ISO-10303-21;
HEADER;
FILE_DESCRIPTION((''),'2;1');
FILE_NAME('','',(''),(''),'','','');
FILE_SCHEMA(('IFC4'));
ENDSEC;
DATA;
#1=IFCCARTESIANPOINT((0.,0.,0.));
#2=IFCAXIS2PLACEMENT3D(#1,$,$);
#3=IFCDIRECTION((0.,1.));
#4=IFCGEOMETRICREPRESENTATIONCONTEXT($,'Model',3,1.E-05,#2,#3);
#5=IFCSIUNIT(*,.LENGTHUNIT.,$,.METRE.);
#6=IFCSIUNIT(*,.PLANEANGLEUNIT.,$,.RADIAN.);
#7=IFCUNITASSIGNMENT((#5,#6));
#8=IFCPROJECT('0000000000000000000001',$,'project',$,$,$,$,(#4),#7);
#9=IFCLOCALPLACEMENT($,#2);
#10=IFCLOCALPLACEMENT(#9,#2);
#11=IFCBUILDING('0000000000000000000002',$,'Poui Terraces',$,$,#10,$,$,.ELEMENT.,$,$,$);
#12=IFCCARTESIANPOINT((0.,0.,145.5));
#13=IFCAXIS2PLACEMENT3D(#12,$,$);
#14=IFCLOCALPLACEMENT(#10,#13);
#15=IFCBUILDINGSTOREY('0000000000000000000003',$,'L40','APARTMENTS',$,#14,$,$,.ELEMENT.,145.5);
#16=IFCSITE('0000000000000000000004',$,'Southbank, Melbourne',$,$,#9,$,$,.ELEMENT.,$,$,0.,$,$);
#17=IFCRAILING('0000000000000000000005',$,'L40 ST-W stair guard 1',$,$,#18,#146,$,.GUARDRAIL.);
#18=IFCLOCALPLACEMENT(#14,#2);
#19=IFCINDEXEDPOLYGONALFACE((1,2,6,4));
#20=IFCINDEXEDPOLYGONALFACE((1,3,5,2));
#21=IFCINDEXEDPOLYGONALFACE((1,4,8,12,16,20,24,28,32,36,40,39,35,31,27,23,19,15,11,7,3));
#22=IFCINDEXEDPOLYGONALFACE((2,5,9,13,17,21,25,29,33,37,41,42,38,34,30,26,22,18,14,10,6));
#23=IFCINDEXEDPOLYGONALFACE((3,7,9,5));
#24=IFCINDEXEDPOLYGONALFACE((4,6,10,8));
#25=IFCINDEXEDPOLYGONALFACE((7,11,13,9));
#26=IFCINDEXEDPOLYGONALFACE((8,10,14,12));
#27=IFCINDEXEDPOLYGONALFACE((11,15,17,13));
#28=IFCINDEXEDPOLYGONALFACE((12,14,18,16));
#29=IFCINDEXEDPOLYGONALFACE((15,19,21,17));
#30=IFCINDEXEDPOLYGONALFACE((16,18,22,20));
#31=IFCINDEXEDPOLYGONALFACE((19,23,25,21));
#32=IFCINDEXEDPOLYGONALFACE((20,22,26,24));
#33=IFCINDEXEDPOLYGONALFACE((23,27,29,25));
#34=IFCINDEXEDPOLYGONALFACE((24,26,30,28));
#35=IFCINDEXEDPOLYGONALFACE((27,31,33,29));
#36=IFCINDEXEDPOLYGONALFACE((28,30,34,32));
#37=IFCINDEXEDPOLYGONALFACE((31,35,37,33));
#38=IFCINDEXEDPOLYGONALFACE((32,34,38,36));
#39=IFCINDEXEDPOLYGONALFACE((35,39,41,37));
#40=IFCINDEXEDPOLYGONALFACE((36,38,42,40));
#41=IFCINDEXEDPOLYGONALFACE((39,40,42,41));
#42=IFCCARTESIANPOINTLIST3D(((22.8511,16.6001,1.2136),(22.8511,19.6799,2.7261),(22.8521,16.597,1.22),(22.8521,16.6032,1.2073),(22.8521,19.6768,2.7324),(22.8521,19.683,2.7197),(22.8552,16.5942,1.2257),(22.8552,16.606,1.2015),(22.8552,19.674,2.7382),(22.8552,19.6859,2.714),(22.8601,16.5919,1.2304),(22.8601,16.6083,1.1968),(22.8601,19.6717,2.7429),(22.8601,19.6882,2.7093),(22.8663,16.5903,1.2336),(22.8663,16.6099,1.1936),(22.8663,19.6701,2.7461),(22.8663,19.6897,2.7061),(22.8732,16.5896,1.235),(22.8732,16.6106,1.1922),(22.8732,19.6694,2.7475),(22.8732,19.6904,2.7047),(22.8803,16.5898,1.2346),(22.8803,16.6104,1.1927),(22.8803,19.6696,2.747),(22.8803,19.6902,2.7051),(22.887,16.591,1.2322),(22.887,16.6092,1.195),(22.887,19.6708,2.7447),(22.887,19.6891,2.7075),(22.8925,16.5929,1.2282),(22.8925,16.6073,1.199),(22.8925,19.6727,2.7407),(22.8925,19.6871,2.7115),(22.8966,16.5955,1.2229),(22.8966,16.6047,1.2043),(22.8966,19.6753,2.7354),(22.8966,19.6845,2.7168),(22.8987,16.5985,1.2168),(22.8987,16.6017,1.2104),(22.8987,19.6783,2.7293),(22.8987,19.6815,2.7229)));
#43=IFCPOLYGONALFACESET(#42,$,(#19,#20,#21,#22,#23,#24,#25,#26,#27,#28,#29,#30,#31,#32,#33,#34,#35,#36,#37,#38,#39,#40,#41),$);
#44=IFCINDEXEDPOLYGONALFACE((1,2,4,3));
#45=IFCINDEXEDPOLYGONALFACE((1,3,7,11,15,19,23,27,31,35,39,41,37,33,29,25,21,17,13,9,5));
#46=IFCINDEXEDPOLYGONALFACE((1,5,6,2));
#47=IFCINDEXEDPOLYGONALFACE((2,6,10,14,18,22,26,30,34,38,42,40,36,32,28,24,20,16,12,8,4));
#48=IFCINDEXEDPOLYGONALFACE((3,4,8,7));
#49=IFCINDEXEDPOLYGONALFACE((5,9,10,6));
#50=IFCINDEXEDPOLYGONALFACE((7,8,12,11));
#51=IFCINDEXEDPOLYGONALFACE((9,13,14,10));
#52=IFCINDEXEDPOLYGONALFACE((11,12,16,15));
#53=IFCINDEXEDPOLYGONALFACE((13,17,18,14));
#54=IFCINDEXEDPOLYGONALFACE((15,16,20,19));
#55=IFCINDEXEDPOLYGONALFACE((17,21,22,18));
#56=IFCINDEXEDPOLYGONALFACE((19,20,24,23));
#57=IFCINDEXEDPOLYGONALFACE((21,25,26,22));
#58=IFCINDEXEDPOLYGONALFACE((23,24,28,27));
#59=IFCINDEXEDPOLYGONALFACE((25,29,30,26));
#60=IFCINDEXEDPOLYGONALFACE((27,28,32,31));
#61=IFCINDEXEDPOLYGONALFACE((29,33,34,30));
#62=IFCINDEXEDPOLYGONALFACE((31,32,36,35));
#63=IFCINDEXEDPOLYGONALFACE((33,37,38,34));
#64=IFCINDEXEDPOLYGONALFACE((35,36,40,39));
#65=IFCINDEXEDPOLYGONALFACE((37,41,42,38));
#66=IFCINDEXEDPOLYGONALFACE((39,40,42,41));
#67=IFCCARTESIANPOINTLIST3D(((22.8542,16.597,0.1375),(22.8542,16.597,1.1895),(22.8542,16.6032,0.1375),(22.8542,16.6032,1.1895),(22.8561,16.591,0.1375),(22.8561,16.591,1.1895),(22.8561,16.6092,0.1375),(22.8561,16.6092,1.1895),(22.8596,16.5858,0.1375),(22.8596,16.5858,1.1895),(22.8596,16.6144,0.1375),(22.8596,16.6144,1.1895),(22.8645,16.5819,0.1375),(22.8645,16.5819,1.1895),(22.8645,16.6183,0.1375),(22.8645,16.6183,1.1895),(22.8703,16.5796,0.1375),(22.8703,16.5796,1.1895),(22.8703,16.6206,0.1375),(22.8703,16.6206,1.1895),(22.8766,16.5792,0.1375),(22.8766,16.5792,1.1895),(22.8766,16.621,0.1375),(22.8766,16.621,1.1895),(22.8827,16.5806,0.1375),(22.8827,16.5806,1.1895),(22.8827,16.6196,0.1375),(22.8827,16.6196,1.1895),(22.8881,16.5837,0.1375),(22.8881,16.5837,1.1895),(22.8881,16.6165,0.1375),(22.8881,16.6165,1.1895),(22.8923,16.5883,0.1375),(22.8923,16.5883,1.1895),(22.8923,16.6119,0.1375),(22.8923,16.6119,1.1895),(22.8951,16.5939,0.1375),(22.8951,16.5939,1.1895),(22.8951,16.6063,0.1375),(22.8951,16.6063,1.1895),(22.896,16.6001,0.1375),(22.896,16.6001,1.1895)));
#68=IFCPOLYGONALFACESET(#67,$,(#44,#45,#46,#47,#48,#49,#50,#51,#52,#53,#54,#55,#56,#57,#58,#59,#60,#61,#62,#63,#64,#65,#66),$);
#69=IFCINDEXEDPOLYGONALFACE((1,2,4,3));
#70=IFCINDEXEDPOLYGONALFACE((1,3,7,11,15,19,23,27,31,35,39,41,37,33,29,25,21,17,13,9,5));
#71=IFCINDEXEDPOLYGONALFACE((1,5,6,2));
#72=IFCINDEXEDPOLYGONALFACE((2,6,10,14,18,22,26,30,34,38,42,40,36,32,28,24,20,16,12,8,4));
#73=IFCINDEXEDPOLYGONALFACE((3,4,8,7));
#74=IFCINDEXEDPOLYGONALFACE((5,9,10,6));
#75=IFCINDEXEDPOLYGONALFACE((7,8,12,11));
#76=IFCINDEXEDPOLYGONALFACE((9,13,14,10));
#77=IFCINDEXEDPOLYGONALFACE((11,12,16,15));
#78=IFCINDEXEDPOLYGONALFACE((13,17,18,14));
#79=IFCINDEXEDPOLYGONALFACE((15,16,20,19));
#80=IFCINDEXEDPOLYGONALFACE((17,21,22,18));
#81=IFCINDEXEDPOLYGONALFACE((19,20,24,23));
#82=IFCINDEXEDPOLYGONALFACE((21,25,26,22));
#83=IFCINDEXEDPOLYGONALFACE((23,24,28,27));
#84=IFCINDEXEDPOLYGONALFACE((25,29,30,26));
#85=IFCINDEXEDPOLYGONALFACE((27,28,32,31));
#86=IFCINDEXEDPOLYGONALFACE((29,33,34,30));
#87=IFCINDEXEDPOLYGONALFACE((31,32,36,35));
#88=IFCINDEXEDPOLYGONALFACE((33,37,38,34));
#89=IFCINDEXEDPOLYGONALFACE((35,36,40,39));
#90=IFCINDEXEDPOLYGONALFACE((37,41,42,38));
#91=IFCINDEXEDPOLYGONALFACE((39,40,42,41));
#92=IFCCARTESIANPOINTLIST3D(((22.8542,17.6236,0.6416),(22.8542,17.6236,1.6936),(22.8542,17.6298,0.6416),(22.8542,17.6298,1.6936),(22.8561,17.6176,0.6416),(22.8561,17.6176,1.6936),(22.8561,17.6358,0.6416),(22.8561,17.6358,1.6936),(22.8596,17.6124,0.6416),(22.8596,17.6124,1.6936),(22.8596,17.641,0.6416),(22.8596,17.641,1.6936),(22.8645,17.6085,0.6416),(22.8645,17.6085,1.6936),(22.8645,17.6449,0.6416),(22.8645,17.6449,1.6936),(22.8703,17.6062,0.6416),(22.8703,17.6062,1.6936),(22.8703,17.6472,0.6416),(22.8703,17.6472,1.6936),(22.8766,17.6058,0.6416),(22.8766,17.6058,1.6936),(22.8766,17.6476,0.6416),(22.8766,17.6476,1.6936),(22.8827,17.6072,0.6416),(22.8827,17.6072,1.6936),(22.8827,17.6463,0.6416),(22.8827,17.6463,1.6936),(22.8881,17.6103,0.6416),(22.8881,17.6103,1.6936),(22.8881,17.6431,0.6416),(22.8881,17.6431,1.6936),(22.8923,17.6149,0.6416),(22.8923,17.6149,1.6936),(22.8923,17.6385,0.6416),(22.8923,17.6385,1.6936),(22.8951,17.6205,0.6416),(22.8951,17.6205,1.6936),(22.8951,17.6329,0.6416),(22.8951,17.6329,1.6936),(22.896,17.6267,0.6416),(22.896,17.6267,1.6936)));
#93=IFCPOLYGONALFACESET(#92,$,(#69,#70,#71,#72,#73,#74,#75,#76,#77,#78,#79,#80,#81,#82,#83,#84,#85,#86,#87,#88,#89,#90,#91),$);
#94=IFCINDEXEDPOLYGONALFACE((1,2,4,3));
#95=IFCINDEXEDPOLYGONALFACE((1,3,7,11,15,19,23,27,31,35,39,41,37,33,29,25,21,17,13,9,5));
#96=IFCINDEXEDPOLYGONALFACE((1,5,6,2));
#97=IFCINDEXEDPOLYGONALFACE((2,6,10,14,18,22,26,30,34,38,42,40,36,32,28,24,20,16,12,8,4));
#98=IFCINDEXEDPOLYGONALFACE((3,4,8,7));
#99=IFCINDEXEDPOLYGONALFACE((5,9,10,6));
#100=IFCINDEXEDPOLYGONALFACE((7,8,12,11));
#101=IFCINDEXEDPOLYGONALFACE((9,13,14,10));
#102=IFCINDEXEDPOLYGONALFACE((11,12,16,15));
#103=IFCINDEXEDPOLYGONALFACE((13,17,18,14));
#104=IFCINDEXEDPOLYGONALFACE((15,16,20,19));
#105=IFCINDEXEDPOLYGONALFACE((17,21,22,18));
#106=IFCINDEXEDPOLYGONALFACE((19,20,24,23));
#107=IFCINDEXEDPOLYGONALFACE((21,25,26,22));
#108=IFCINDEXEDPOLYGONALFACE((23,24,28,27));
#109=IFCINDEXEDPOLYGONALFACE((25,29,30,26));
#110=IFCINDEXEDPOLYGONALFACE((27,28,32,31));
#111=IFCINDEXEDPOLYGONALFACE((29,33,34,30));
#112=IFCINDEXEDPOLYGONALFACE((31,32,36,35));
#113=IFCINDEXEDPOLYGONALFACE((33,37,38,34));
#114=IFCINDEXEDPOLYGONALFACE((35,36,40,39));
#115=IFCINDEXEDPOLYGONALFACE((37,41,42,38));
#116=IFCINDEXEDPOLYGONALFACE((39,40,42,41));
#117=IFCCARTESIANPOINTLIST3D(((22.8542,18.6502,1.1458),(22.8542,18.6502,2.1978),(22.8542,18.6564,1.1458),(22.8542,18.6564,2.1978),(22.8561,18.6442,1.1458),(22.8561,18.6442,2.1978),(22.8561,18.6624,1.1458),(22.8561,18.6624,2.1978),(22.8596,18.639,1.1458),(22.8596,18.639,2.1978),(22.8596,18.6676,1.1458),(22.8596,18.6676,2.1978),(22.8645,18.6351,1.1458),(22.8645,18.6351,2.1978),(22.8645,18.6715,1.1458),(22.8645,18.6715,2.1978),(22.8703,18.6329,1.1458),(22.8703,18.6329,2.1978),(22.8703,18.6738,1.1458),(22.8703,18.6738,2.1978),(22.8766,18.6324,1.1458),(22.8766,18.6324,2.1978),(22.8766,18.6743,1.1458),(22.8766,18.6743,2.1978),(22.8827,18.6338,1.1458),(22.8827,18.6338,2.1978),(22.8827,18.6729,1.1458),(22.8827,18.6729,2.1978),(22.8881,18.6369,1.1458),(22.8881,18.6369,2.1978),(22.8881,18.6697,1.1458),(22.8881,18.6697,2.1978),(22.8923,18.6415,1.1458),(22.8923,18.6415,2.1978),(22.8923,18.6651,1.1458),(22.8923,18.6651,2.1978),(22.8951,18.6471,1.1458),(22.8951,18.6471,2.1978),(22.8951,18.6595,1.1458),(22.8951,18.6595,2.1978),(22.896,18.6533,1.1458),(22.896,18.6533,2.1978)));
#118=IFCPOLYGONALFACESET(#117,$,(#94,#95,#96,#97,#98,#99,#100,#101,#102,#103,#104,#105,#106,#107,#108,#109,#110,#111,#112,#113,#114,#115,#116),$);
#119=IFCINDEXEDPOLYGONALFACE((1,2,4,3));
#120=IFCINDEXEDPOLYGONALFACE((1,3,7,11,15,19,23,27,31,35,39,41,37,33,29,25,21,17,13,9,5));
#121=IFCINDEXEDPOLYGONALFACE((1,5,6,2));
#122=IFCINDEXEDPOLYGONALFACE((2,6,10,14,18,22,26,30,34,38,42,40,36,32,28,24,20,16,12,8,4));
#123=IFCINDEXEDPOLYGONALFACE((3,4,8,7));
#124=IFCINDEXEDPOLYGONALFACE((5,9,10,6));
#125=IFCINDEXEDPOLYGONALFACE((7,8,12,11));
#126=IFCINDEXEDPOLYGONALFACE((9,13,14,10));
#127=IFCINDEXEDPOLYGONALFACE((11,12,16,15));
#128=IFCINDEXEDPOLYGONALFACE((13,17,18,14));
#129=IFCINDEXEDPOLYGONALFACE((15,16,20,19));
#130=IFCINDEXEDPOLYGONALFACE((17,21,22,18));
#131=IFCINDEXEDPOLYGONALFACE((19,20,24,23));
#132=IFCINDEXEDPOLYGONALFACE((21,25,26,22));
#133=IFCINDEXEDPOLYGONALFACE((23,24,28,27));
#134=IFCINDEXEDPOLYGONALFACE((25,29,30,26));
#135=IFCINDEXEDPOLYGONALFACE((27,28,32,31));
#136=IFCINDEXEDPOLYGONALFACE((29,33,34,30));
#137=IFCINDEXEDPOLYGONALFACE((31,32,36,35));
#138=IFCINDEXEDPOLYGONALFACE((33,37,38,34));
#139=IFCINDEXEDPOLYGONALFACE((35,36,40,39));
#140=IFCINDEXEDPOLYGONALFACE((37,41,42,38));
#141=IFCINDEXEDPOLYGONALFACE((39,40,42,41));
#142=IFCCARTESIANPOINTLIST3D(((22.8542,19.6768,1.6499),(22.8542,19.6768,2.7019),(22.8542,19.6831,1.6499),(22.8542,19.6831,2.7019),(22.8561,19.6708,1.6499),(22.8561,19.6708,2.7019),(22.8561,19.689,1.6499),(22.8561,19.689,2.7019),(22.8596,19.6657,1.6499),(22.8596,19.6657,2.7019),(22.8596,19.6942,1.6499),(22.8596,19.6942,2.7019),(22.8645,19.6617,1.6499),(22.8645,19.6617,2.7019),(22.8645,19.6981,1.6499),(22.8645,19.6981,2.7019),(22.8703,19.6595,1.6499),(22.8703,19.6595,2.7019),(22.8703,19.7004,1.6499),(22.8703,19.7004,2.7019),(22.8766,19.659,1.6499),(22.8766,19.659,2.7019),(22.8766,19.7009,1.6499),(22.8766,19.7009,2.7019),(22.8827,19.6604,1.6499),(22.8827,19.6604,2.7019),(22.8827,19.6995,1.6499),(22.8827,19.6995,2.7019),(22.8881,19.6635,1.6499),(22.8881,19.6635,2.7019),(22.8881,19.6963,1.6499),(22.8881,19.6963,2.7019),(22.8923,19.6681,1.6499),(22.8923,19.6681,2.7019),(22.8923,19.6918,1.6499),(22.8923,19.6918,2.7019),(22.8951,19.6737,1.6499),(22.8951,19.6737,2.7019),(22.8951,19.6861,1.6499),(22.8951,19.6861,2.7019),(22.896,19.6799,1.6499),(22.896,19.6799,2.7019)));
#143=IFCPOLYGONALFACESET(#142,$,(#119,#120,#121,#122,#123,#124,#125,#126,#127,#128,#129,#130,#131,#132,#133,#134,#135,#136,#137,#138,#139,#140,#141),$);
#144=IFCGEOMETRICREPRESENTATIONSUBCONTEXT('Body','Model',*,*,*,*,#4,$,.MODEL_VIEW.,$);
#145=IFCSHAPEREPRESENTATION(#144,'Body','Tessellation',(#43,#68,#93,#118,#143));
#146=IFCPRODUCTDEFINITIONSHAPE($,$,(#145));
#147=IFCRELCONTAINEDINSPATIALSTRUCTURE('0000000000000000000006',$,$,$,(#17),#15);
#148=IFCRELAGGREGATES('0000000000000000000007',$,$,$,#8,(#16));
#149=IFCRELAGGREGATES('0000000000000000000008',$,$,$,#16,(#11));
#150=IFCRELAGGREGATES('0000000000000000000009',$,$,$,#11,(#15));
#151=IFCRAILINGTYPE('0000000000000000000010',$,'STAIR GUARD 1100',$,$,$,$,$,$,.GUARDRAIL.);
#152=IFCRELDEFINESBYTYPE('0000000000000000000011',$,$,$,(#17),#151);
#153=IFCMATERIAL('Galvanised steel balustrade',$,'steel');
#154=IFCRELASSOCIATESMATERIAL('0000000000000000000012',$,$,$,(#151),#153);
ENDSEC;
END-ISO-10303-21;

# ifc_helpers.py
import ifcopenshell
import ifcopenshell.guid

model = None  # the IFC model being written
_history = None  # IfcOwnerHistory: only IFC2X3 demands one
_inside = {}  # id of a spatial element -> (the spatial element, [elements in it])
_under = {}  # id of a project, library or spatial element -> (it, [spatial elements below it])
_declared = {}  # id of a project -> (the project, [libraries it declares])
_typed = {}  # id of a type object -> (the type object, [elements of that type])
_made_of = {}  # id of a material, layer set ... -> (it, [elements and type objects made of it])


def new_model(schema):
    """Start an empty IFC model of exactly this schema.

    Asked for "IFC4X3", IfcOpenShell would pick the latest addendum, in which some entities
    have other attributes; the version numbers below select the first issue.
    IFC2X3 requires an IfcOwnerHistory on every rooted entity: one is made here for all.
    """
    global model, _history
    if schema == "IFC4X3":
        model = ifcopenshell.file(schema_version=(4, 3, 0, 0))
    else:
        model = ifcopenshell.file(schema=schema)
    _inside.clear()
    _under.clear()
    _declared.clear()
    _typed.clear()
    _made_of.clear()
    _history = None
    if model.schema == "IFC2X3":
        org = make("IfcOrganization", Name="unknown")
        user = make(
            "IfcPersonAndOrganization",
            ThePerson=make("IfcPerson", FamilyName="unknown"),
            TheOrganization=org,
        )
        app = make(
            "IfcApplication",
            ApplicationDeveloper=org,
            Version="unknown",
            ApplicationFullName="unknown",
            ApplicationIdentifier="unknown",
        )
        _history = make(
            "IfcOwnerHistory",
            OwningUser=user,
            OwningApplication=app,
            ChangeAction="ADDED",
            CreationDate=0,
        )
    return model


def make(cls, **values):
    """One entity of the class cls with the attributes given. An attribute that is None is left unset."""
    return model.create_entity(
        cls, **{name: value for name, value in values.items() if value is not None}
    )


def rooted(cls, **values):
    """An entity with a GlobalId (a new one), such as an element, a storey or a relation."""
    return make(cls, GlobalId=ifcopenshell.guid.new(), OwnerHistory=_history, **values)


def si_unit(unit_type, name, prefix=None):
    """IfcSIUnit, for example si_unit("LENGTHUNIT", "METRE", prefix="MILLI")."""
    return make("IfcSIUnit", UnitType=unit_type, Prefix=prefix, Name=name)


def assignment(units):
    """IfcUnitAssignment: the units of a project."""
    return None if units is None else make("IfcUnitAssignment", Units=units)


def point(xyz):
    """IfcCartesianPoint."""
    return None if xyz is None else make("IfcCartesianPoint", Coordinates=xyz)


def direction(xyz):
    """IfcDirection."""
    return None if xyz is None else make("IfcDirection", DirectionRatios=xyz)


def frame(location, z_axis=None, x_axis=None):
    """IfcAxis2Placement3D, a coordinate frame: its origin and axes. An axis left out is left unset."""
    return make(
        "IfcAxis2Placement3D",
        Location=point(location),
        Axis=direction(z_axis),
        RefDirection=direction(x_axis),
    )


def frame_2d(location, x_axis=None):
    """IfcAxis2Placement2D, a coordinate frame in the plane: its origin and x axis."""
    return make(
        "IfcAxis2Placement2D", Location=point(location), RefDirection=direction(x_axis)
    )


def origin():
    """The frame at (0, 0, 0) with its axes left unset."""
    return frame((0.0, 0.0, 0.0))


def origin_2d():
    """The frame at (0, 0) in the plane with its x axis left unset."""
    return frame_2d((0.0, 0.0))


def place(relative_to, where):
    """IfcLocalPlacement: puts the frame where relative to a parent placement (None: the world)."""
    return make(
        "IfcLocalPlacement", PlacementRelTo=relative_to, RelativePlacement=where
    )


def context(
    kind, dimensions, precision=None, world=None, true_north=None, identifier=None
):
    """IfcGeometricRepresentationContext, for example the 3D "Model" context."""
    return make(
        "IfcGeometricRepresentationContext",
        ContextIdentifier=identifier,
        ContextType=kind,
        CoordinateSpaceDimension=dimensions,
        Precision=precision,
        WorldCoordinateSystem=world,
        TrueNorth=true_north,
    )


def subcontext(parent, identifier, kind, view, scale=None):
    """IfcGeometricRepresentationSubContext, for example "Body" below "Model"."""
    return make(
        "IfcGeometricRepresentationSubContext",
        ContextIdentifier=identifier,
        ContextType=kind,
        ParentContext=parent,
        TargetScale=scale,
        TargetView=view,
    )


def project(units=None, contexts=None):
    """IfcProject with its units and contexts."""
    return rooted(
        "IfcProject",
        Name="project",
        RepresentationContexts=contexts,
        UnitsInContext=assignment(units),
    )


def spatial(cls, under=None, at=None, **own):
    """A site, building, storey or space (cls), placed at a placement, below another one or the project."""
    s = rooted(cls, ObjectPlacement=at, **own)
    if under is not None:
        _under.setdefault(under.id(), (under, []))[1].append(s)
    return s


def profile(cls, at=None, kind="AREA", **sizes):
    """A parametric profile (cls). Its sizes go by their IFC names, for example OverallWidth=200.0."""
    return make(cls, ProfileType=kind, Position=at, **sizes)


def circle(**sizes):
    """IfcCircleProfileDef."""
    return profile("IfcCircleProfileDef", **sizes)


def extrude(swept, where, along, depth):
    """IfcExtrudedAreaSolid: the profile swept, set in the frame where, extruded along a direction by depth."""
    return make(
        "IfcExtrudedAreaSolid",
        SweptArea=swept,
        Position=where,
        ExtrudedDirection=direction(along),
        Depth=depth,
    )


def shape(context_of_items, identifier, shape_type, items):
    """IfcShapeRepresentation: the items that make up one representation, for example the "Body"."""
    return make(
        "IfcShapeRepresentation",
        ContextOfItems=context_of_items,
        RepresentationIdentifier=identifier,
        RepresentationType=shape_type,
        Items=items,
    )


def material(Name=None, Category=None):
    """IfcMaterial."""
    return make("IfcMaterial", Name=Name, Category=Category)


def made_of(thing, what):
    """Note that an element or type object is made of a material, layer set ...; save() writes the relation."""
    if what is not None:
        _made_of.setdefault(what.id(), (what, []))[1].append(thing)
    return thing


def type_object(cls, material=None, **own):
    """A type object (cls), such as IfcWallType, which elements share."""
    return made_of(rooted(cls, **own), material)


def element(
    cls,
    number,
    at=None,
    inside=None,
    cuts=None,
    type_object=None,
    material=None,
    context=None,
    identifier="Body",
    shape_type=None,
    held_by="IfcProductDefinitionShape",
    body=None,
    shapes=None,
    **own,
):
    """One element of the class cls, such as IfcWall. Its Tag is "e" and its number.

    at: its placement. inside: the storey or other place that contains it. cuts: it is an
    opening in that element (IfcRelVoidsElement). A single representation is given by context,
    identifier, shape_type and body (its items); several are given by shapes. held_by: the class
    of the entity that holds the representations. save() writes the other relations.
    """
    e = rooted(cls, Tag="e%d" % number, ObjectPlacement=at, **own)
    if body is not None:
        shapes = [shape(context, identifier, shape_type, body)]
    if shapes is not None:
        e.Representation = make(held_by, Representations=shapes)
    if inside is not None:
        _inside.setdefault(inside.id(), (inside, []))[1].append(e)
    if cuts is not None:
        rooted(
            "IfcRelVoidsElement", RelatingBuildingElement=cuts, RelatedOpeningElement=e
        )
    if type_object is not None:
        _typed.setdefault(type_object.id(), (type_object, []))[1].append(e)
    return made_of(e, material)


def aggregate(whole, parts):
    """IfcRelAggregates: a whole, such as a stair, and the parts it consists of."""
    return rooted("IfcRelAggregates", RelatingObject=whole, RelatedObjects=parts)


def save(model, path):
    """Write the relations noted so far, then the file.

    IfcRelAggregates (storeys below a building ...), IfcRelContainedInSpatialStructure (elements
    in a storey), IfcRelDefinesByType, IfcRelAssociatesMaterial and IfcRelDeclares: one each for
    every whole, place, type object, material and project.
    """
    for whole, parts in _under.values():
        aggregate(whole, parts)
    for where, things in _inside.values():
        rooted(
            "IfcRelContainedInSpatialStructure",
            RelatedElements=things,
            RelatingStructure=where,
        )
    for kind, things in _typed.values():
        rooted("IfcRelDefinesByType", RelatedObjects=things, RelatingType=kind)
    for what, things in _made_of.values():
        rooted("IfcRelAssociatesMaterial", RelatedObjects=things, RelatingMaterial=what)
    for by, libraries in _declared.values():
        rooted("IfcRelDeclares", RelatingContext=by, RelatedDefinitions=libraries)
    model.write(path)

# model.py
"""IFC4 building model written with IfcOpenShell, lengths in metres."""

from ifc_helpers import new_model, si_unit, direction, frame, origin, origin_2d, place, context, subcontext, project, spatial, circle, extrude, material, type_object, element, save


model = new_model("IFC4")

# Units and contexts
model_context = context("Model", 3, precision=1e-05, world=origin(), true_north=direction((0.0, 1.0)))
body_context = subcontext(model_context, "Body", "Model", "MODEL_VIEW")
ifc_project = project(units=[si_unit("LENGTHUNIT", "METRE"), si_unit("PLANEANGLEUNIT", "RADIAN")], contexts=[model_context])

# Site, building, storey
site_placement = place(None, origin())
site = spatial("IfcSite", under=ifc_project, at=site_placement, Name="Southbank, Melbourne", CompositionType="ELEMENT", RefElevation=0.0)
building_placement = place(site_placement, origin())
building = spatial("IfcBuilding", under=site, at=building_placement, Name="Poui Terraces", CompositionType="ELEMENT")
storey_placement = place(building_placement, frame((0.0, 0.0, 145.5)))
storey = spatial("IfcBuildingStorey", under=building, at=storey_placement, Name="L40", Description="APARTMENTS", CompositionType="ELEMENT", Elevation=145.5)

# Railing
ifc_material_1 = material(Name="Galvanised steel balustrade", Category="steel")
railing_type = type_object("IfcRailingType", Name="STAIR GUARD 1100", PredefinedType="GUARDRAIL", material=ifc_material_1)
railing_1_placement = place(storey_placement, frame((22.875, 16.6001, 0.1375)))
element("IfcRailing", 1, at=railing_1_placement, inside=storey, type_object=railing_type, Name="L40 ST-W stair guard 1", PredefinedType="GUARDRAIL", context=body_context, shape_type="SweptSolid", body=[
    extrude(circle(Radius=0.0239, at=origin_2d()), frame((0.0, 0.0, 1.0762), z_axis=(0.0, 0.897606, 0.440798), x_axis=(-1.0, 0.0, 0.0)), (0.0, 0.0, 1.0), 3.4312),
    extrude(circle(Radius=0.021, at=origin_2d()), origin(), (0.0, 0.0, 1.0), 1.052),
    extrude(circle(Radius=0.021, at=origin_2d()), frame((0.0, 1.0266, 0.5042)), (0.0, 0.0, 1.0), 1.052),
    extrude(circle(Radius=0.021, at=origin_2d()), frame((0.0, 2.0532, 1.0083)), (0.0, 0.0, 1.0), 1.052),
    extrude(circle(Radius=0.021, at=origin_2d()), frame((0.0, 3.0798, 1.5125)), (0.0, 0.0, 1.0), 1.052),
])

save(model, "model.ifc")
